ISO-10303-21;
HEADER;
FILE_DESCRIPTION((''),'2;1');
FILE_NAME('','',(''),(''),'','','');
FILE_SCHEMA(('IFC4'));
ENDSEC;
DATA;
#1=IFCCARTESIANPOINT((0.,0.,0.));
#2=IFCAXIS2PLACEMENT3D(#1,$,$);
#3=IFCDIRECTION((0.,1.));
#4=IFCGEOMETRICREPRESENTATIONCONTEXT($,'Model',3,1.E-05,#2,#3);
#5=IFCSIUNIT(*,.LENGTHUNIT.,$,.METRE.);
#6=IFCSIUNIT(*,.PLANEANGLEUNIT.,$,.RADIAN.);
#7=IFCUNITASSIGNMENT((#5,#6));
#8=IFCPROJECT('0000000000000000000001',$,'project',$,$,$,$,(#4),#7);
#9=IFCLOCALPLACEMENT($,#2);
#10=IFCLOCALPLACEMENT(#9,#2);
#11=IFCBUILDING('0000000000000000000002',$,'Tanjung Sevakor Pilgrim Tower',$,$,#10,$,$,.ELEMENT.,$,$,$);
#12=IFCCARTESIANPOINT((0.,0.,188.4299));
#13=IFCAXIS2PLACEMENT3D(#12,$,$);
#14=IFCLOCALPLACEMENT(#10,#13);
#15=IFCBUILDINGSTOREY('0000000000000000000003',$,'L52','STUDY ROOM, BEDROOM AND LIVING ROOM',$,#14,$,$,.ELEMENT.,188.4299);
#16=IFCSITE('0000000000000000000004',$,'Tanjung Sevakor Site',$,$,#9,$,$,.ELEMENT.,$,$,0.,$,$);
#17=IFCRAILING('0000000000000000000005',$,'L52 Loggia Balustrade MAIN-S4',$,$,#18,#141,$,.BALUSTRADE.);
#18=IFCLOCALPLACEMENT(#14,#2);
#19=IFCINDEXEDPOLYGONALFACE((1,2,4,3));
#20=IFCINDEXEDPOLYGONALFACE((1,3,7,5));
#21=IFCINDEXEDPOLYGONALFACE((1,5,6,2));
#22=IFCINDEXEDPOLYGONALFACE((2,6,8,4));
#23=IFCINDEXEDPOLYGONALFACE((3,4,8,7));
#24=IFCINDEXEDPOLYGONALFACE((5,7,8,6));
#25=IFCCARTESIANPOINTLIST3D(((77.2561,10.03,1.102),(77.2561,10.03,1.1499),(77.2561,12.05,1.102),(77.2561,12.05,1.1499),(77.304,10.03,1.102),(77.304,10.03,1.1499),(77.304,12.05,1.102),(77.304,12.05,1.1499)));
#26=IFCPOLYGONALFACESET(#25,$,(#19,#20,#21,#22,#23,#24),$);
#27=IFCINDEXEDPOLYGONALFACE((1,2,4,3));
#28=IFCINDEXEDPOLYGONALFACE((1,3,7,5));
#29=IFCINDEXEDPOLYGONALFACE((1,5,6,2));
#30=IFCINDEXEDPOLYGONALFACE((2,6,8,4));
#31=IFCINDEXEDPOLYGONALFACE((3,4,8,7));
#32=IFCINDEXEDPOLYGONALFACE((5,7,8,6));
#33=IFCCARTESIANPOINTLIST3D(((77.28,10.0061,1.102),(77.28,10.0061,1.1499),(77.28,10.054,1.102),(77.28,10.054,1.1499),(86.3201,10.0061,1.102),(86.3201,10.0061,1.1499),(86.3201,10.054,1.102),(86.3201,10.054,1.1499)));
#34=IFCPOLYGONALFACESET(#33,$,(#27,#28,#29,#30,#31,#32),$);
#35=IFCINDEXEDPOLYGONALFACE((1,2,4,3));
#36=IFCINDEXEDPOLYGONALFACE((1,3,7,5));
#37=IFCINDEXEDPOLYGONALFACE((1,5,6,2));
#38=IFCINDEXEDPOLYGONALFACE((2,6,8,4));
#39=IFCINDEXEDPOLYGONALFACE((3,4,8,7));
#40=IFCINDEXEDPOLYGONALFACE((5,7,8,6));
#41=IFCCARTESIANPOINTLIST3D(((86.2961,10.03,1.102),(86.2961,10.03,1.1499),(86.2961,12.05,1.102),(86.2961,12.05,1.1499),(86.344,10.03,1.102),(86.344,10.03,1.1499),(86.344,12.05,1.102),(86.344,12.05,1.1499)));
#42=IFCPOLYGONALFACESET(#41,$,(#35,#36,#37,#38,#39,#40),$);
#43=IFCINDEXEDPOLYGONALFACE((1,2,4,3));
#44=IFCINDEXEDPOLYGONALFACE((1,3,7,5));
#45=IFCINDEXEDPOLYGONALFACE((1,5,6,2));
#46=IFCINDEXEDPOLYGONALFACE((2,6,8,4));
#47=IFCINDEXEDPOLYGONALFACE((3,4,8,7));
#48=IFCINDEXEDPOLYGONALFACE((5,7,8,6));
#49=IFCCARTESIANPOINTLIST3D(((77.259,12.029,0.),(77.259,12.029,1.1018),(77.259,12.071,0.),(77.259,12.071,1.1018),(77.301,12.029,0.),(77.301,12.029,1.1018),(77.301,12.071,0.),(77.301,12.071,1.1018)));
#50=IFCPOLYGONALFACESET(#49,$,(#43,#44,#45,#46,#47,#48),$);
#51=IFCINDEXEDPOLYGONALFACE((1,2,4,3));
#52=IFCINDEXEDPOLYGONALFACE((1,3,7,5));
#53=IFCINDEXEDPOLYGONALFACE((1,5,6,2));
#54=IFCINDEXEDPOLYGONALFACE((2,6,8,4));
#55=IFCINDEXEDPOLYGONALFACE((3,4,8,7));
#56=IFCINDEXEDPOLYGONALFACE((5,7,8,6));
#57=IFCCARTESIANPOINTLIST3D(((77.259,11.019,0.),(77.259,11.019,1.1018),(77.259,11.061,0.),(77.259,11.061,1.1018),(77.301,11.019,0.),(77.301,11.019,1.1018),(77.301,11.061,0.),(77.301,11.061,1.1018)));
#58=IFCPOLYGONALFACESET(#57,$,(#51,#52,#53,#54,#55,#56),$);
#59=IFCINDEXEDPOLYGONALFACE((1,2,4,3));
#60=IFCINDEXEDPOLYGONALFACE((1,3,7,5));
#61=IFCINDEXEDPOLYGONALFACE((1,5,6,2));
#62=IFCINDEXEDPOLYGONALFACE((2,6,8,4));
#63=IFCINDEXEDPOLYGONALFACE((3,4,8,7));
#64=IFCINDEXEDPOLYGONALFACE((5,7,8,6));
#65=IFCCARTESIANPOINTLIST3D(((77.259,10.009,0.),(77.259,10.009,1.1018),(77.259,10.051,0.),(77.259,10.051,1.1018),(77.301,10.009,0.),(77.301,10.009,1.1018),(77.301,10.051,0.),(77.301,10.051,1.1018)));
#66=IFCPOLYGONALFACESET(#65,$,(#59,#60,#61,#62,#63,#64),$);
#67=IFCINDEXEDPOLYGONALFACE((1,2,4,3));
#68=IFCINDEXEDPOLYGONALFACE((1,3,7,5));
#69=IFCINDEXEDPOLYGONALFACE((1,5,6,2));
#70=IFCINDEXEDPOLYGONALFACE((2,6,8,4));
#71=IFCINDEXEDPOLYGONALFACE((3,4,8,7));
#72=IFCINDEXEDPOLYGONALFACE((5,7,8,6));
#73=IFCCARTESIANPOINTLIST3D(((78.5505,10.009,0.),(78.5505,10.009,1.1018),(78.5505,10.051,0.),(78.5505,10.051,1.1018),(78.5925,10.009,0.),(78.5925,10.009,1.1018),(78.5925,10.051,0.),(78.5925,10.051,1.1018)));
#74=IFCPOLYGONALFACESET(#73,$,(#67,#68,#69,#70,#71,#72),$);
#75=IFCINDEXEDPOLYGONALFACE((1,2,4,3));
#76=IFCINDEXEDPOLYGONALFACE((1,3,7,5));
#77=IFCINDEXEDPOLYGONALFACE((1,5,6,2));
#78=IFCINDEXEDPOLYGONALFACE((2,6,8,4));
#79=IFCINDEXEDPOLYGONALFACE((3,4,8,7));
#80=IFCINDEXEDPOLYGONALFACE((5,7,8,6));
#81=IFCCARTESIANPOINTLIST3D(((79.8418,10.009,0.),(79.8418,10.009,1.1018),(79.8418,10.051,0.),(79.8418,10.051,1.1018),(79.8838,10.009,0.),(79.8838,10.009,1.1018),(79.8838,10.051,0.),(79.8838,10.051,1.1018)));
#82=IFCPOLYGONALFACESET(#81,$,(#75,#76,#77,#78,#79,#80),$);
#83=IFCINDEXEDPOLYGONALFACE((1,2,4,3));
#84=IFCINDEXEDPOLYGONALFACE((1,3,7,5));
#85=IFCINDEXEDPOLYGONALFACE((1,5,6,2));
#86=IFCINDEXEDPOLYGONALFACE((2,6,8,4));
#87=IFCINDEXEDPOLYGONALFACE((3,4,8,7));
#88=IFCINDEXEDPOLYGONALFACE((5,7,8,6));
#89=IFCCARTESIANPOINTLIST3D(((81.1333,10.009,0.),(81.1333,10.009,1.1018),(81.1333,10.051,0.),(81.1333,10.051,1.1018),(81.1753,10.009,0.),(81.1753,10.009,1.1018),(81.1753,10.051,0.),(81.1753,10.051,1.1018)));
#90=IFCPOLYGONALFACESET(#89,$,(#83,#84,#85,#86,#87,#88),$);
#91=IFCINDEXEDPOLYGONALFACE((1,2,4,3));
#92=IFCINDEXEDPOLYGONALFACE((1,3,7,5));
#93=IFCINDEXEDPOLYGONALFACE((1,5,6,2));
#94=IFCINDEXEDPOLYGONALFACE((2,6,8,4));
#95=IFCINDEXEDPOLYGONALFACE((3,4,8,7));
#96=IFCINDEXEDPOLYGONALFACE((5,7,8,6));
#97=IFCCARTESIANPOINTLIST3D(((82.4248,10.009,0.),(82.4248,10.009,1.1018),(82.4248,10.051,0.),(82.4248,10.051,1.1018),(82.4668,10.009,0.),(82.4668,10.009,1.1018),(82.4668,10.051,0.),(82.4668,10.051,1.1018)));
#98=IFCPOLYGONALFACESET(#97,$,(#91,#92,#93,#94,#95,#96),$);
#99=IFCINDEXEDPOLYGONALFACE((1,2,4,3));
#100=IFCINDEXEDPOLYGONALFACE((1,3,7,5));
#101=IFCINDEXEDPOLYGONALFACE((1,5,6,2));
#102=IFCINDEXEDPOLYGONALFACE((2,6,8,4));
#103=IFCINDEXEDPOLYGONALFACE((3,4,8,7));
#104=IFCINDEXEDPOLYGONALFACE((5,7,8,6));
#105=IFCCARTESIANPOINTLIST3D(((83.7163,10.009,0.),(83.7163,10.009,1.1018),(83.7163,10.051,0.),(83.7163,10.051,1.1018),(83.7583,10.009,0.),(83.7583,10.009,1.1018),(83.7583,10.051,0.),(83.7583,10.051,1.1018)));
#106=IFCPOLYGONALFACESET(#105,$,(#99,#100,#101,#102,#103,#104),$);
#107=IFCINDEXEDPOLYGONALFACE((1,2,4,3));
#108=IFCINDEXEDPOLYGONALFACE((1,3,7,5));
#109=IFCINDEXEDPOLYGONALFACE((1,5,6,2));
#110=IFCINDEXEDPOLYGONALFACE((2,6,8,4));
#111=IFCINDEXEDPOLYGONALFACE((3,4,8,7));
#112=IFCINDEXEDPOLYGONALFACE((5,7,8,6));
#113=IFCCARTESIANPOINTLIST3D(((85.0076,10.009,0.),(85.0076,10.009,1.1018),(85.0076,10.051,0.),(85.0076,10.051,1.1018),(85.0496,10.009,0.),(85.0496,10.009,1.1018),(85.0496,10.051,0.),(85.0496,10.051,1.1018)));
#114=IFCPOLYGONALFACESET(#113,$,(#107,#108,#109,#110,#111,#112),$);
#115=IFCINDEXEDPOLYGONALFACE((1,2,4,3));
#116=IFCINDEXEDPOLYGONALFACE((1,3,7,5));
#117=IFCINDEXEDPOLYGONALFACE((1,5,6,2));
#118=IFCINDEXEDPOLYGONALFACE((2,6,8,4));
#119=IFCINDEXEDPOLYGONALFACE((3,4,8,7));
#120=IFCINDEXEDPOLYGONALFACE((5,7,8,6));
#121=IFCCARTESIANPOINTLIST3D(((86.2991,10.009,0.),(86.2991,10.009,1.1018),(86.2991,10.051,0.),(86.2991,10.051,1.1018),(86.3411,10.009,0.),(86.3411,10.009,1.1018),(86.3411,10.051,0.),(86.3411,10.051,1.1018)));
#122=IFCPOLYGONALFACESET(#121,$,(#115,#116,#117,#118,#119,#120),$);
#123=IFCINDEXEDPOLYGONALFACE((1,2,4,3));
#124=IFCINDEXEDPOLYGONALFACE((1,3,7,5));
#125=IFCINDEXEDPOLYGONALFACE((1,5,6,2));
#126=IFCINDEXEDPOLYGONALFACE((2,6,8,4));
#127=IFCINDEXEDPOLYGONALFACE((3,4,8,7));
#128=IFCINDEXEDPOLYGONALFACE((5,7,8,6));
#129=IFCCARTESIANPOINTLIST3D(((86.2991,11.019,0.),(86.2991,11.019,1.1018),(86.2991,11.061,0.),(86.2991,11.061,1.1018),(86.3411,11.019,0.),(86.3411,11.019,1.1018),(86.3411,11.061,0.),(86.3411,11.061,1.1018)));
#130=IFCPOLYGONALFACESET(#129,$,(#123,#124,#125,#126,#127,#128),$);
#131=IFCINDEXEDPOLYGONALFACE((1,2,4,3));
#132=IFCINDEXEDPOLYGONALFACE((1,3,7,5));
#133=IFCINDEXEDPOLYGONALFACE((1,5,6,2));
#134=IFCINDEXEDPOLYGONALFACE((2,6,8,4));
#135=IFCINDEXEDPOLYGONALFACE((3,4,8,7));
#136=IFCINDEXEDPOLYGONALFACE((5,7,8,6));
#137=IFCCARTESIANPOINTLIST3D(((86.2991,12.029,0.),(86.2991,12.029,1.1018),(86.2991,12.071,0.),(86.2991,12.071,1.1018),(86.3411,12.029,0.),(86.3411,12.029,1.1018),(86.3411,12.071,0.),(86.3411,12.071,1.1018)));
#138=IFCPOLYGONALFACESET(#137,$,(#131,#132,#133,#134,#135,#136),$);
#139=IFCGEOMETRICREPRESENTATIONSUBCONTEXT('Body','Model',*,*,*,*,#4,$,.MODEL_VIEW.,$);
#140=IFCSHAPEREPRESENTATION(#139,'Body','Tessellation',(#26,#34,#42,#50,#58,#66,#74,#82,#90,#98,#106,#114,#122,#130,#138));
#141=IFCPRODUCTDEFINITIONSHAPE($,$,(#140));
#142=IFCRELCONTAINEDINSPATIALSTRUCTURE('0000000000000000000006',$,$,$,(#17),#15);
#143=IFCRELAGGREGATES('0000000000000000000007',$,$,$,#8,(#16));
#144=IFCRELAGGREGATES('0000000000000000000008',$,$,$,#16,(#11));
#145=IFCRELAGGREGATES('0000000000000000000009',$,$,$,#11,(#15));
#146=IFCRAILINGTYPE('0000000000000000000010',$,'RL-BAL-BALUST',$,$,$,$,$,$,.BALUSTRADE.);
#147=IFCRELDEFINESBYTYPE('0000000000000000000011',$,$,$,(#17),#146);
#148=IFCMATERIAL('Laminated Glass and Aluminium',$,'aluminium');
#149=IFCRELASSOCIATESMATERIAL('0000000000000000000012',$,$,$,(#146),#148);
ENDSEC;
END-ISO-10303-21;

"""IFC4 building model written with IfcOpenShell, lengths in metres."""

from ifc_helpers import new_model, si_unit, direction, frame, origin, place, context, subcontext, project, spatial, rectangle, extrude, material, type_object, element, save


model = new_model("IFC4")

# Units and contexts
model_context = context("Model", 3, precision=1e-05, world=origin(), true_north=direction((0.0, 1.0)))
body_context = subcontext(model_context, "Body", "Model", "MODEL_VIEW")
ifc_project = project(units=[si_unit("LENGTHUNIT", "METRE"), si_unit("PLANEANGLEUNIT", "RADIAN")], contexts=[model_context])

# Site, building, storey
site_placement = place(None, origin())
site = spatial("IfcSite", under=ifc_project, at=site_placement, Name="Tanjung Sevakor Site", CompositionType="ELEMENT", RefElevation=0.0)
building_placement = place(site_placement, origin())
building = spatial("IfcBuilding", under=site, at=building_placement, Name="Tanjung Sevakor Pilgrim Tower", CompositionType="ELEMENT")
storey_placement = place(building_placement, frame((0.0, 0.0, 188.4299)))
storey = spatial("IfcBuildingStorey", under=building, at=storey_placement, Name="L52", Description="STUDY ROOM, BEDROOM AND LIVING ROOM", CompositionType="ELEMENT", Elevation=188.4299)

# Railing
ifc_material_1 = material(Name="Laminated Glass and Aluminium", Category="aluminium")
railing_type = type_object("IfcRailingType", Name="RL-BAL-BALUST", PredefinedType="BALUSTRADE", material=ifc_material_1)
railing_placement = place(storey_placement, frame((77.28, 12.05, 0.0)))
element("IfcRailing", 1, at=railing_placement, inside=storey, type_object=railing_type, Name="L52 Loggia Balustrade MAIN-S4", PredefinedType="BALUSTRADE", context=body_context, shape_type="SweptSolid", body=[
    extrude(rectangle(XDim=0.0479, YDim=0.0479), frame((0.0, 0.0, 1.126), z_axis=(0.0, -1.0, 0.0), x_axis=(1.0, 0.0, 0.0)), (0.0, 0.0, 1.0), 2.02),
    extrude(rectangle(XDim=0.0479, YDim=0.0479), frame((0.0, -2.02, 1.126), z_axis=(1.0, 0.0, 0.0), x_axis=(0.0, 1.0, 0.0)), (0.0, 0.0, 1.0), 9.04),
    extrude(rectangle(XDim=0.0479, YDim=0.0479), frame((9.04, -2.02, 1.126), z_axis=(0.0, 1.0, 0.0), x_axis=(-1.0, 0.0, 0.0)), (0.0, 0.0, 1.0), 2.02),
    extrude(rectangle(XDim=0.042, YDim=0.042), origin(), (0.0, 0.0, 1.0), 1.1018),
    extrude(rectangle(XDim=0.042, YDim=0.042), frame((0.0, -1.01, 0.0)), (0.0, 0.0, 1.0), 1.1018),
    extrude(rectangle(XDim=0.042, YDim=0.042), frame((0.0, -2.02, 0.0)), (0.0, 0.0, 1.0), 1.1018),
    extrude(rectangle(XDim=0.042, YDim=0.042), frame((1.2915, -2.02, 0.0)), (0.0, 0.0, 1.0), 1.1018),
    extrude(rectangle(XDim=0.042, YDim=0.042), frame((2.5828, -2.02, 0.0)), (0.0, 0.0, 1.0), 1.1018),
    extrude(rectangle(XDim=0.042, YDim=0.042), frame((3.8743, -2.02, 0.0)), (0.0, 0.0, 1.0), 1.1018),
    extrude(rectangle(XDim=0.042, YDim=0.042), frame((5.1658, -2.02, 0.0)), (0.0, 0.0, 1.0), 1.1018),
    extrude(rectangle(XDim=0.042, YDim=0.042), frame((6.4573, -2.02, 0.0)), (0.0, 0.0, 1.0), 1.1018),
    extrude(rectangle(XDim=0.042, YDim=0.042), frame((7.7485, -2.02, 0.0)), (0.0, 0.0, 1.0), 1.1018),
    extrude(rectangle(XDim=0.042, YDim=0.042), frame((9.04, -2.02, 0.0)), (0.0, 0.0, 1.0), 1.1018),
    extrude(rectangle(XDim=0.042, YDim=0.042), frame((9.04, -1.01, 0.0)), (0.0, 0.0, 1.0), 1.1018),
    extrude(rectangle(XDim=0.042, YDim=0.042), frame((9.04, 0.0, 0.0)), (0.0, 0.0, 1.0), 1.1018),
])

save(model, "model.ifc")
